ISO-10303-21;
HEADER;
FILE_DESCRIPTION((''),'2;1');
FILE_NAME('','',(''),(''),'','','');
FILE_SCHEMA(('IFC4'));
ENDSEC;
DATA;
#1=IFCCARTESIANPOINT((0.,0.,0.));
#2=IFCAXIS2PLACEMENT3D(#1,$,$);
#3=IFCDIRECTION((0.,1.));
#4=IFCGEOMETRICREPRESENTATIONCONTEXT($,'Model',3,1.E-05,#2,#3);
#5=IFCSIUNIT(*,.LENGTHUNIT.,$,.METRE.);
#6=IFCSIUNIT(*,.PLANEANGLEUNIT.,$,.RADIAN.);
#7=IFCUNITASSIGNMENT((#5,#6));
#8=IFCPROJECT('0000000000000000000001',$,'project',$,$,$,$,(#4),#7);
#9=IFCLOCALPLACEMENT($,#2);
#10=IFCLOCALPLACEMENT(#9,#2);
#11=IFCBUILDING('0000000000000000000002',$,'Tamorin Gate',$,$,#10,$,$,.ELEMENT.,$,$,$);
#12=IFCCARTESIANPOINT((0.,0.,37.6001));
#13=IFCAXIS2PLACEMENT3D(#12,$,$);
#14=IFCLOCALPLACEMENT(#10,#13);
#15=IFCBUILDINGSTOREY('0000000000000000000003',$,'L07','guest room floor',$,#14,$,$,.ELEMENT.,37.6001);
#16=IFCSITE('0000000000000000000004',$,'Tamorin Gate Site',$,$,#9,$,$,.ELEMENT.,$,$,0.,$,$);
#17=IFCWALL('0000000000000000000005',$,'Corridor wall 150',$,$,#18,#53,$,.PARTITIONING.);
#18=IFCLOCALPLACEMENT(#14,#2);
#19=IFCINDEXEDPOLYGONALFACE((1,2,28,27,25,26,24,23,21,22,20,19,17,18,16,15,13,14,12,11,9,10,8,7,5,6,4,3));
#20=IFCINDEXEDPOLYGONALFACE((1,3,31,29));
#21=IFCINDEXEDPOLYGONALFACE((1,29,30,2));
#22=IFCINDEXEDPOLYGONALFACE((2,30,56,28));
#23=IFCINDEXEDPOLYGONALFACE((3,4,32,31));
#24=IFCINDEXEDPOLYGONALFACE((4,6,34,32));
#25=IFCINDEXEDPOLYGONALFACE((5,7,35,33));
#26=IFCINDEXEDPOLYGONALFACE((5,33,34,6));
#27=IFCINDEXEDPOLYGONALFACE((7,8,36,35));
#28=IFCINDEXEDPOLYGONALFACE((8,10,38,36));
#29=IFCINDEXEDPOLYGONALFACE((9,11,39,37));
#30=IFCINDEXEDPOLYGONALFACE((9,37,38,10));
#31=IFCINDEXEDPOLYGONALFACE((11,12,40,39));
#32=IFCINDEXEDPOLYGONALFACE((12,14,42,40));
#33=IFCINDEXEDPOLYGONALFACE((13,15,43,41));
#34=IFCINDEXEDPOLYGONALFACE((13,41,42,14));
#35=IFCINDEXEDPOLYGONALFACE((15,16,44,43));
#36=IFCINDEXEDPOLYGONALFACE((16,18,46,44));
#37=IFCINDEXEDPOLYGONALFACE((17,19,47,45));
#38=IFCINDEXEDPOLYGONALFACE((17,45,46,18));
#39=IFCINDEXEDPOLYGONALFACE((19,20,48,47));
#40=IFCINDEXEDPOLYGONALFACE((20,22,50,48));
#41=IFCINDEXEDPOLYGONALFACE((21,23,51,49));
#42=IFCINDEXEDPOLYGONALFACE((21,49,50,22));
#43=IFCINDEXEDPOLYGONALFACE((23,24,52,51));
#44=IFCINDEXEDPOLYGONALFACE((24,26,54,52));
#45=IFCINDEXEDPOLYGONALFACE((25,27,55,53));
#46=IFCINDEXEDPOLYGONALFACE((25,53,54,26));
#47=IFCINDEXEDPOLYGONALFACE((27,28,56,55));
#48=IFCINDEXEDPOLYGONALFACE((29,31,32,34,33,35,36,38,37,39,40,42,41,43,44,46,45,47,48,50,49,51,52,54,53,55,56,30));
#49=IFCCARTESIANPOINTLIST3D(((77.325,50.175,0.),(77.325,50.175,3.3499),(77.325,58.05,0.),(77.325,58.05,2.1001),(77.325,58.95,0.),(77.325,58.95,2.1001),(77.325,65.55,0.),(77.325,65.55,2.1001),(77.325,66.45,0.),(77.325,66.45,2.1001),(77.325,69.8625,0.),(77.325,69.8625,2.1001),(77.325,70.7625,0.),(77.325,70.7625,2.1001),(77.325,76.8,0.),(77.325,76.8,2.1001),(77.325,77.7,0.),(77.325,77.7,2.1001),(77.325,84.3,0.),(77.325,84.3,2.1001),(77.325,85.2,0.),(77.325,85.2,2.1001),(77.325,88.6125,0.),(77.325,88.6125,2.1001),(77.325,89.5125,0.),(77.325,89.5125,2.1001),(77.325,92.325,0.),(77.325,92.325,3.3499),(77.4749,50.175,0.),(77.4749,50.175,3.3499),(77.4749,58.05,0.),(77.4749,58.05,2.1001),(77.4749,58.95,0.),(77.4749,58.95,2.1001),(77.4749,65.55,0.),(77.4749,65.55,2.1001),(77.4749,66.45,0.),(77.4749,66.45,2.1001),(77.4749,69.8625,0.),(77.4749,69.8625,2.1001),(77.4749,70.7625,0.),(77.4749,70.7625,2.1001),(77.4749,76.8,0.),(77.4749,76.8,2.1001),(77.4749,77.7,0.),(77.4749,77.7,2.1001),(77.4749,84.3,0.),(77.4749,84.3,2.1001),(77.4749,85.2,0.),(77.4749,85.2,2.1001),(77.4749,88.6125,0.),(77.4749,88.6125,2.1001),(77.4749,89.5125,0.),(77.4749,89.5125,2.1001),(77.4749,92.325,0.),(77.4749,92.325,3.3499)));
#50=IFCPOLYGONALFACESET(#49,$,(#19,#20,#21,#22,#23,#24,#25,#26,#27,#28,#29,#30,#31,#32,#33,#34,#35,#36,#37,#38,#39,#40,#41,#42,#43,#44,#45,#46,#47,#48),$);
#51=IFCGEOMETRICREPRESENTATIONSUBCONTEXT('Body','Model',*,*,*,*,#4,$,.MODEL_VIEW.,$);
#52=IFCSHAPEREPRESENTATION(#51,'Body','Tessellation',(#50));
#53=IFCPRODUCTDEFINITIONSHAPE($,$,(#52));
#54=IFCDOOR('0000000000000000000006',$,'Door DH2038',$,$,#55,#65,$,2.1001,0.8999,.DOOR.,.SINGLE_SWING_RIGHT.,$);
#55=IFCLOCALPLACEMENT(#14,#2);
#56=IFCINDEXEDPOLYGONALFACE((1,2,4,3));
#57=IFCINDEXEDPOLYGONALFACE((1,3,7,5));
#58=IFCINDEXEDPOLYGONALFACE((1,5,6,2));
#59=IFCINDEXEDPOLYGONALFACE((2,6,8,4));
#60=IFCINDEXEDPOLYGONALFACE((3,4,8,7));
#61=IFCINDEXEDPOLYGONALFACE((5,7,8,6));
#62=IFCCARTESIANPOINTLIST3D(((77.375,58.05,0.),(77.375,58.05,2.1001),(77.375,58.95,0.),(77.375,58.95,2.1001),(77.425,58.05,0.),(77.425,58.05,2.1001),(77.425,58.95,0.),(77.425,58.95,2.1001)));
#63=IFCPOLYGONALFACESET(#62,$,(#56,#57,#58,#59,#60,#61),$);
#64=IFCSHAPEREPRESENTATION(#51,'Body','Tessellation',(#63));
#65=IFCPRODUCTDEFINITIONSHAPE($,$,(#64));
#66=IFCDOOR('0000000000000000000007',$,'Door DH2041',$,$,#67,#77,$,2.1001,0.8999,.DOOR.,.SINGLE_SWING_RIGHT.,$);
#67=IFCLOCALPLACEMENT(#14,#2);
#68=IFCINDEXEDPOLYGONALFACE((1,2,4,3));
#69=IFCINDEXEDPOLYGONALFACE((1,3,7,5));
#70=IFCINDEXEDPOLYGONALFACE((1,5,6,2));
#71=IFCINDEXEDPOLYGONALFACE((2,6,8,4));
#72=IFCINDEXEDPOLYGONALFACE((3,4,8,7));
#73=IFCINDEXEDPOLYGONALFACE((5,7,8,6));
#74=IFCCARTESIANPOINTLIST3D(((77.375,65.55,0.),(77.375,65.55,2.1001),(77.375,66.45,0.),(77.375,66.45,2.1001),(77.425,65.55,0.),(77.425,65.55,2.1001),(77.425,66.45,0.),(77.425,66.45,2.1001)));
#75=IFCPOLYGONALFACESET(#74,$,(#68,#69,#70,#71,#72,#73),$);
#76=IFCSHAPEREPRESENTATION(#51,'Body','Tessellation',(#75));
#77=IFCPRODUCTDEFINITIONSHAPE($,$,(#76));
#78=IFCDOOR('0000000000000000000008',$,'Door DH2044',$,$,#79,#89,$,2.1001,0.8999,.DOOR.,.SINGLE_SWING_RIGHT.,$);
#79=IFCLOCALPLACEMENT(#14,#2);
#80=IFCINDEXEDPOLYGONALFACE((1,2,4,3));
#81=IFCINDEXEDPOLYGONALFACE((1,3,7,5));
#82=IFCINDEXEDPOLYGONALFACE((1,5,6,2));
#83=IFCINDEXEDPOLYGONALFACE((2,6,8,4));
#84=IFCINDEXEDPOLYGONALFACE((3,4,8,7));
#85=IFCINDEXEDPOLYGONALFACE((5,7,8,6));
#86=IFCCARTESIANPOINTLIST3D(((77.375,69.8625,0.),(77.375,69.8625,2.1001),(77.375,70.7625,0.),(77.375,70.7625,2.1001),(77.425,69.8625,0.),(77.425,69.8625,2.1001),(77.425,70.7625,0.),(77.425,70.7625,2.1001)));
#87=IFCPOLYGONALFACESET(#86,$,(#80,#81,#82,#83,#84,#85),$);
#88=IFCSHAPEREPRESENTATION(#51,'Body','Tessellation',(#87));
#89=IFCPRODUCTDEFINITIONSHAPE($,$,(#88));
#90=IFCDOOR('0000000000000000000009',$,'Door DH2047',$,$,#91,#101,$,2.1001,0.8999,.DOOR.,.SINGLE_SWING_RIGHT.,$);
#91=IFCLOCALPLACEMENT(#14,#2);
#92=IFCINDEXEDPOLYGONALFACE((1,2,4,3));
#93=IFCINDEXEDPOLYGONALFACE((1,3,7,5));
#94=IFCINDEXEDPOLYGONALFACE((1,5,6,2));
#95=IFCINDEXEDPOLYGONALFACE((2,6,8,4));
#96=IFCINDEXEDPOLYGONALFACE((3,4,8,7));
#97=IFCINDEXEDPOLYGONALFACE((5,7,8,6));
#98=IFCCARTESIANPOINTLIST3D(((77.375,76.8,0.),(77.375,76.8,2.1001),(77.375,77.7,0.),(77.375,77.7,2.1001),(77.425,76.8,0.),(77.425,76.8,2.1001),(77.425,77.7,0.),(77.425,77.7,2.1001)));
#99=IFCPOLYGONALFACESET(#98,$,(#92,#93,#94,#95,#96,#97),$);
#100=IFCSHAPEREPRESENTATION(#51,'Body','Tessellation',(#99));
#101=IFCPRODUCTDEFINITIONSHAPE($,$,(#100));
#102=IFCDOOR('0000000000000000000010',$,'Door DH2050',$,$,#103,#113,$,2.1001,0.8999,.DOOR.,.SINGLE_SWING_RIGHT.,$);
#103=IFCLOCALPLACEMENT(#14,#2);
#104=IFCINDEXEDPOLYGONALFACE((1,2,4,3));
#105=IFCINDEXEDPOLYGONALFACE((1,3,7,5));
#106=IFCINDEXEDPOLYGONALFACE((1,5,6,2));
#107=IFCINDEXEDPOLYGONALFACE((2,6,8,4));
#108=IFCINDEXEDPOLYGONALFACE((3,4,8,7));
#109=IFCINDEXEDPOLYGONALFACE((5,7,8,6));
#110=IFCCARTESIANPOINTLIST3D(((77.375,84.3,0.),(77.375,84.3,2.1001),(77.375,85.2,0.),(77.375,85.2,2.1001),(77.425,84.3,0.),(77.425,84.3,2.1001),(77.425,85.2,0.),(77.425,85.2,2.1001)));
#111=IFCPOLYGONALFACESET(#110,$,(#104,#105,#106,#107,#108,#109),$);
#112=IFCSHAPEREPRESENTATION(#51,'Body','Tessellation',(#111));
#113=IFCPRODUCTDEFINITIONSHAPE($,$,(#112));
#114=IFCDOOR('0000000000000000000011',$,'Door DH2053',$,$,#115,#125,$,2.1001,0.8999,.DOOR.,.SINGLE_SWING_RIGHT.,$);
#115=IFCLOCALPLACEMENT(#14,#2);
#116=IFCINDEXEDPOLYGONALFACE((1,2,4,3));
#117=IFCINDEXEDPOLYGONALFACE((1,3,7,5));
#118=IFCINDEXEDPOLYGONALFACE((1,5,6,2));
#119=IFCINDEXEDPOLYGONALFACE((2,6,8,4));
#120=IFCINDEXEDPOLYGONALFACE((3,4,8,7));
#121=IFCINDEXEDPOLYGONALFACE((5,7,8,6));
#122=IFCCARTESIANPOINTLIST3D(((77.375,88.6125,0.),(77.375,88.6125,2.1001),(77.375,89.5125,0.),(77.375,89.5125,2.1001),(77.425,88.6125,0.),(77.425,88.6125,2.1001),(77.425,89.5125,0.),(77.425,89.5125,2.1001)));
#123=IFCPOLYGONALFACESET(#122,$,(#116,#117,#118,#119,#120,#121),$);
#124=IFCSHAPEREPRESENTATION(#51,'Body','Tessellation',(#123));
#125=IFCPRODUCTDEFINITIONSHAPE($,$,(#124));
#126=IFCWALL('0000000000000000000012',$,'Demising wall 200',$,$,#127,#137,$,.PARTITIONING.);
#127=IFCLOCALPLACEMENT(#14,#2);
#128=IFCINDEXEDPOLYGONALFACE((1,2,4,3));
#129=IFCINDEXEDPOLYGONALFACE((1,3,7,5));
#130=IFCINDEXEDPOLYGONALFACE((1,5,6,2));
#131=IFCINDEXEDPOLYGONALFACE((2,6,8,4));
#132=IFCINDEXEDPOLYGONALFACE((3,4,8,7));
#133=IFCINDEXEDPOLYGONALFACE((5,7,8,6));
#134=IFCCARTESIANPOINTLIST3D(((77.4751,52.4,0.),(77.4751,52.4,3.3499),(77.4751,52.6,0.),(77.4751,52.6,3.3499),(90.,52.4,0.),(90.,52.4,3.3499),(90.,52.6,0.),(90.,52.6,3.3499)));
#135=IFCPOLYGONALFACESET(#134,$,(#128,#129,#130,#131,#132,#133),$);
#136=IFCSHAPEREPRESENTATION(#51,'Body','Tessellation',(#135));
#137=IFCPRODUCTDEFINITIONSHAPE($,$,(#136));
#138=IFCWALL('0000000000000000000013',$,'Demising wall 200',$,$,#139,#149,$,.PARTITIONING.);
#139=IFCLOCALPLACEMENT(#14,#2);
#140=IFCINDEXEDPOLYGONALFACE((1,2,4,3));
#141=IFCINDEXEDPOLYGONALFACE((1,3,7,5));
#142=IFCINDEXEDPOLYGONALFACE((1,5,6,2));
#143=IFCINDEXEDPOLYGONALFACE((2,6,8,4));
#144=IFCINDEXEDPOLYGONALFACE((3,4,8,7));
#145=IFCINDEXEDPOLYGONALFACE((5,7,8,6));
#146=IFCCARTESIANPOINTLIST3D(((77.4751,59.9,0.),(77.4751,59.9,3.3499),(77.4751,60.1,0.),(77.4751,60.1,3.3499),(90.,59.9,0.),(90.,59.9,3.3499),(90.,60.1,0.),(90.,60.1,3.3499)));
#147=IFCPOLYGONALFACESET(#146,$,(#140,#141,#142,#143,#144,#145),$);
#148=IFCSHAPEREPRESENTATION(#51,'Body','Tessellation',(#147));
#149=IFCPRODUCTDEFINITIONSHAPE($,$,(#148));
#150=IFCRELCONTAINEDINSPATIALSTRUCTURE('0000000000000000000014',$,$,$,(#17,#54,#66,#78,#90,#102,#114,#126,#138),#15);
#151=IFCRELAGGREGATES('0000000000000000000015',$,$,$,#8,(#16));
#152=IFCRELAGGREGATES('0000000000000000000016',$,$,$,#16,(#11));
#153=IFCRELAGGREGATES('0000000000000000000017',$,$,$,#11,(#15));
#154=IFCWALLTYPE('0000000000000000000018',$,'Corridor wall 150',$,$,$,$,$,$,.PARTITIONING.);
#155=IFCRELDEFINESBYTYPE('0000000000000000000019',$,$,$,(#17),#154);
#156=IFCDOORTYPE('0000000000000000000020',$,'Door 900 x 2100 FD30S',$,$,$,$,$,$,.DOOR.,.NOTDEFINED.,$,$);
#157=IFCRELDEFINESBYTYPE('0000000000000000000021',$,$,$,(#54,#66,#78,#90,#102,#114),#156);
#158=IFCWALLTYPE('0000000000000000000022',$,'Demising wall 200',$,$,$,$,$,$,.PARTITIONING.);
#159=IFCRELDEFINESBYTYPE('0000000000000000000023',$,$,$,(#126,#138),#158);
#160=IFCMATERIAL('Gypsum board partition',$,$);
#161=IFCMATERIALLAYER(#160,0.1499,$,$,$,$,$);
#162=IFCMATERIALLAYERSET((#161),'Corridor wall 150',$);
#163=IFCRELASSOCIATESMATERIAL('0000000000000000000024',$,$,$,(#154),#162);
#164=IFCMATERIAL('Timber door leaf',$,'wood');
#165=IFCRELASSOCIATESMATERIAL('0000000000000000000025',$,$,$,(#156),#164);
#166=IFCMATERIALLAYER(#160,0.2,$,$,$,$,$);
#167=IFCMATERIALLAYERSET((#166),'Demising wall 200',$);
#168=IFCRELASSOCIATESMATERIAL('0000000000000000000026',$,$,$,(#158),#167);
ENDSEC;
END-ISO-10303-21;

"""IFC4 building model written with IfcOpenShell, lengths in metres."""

from ifc_helpers import new_model, si_unit, direction, frame, frame_2d, origin, place, context, subcontext, project, spatial, rectangle, extrude, material, layer, layer_set, type_object, element, fill, save


model = new_model("IFC4")

# Units and contexts
model_context = context("Model", 3, precision=1e-05, world=origin(), true_north=direction((0.0, 1.0)))
body_context = subcontext(model_context, "Body", "Model", "MODEL_VIEW")
ifc_project = project(units=[si_unit("LENGTHUNIT", "METRE"), si_unit("PLANEANGLEUNIT", "RADIAN")], contexts=[model_context])

# Site, building, storey
site_placement = place(None, origin())
site = spatial("IfcSite", under=ifc_project, at=site_placement, Name="Tamorin Gate Site", CompositionType="ELEMENT", RefElevation=0.0)
building_placement = place(site_placement, origin())
building = spatial("IfcBuilding", under=site, at=building_placement, Name="Tamorin Gate", CompositionType="ELEMENT")
storey_placement = place(building_placement, frame((0.0, 0.0, 37.6001)))
storey = spatial("IfcBuildingStorey", under=building, at=storey_placement, Name="L07", Description="guest room floor", CompositionType="ELEMENT", Elevation=37.6001)

# Shared definitions
ifc_material_1 = material(Name="Gypsum board partition")
ifc_layer_1 = layer(ifc_material_1, 0.1499)
ifc_layer_set_1 = layer_set([ifc_layer_1], Name="Corridor wall 150")
wall_type_1 = type_object("IfcWallType", Name="Corridor wall 150", PredefinedType="PARTITIONING", material=ifc_layer_set_1)
ifc_material_2 = material(Name="Timber door leaf", Category="wood")
door_type_1 = type_object("IfcDoorType", Name="Door 900 x 2100 FD30S", OperationType="NOTDEFINED", PredefinedType="DOOR", material=ifc_material_2)

# Wall, openings, doors
wall_1_placement = place(storey_placement, frame((77.3999, 50.175, 0.0), z_axis=(0.0, 0.0, 1.0), x_axis=(0.0, 1.0, 0.0)))
wall_1 = element("IfcWall", 1, at=wall_1_placement, inside=storey, type_object=wall_type_1, Name="Corridor wall 150", PredefinedType="PARTITIONING", context=body_context, shape_type="SweptSolid", body=[
    extrude(rectangle(XDim=42.1499, YDim=0.1499, at=frame_2d((21.075, 0.0))), origin(), (0.0, 0.0, 1.0), 3.3499),
])
opening_1_placement = place(wall_1_placement, frame((7.875, 0.0, 0.0)))
opening_1 = element("IfcOpeningElement", 2, at=opening_1_placement, cuts=wall_1, PredefinedType="OPENING", context=body_context, shape_type="SweptSolid", body=[
    extrude(rectangle(XDim=0.8999, YDim=2.1001, at=frame_2d((0.45, 1.05))), frame((0.0, 0.085, 0.0), z_axis=(0.0, -1.0, 0.0), x_axis=(1.0, 0.0, 0.0)), (0.0, 0.0, 1.0), 0.1699),
])
opening_2_placement = place(wall_1_placement, frame((15.375, 0.0, 0.0)))
opening_2 = element("IfcOpeningElement", 3, at=opening_2_placement, cuts=wall_1, PredefinedType="OPENING", context=body_context, shape_type="SweptSolid", body=[
    extrude(rectangle(XDim=0.8999, YDim=2.1001, at=frame_2d((0.45, 1.05))), frame((0.0, 0.085, 0.0), z_axis=(0.0, -1.0, 0.0), x_axis=(1.0, 0.0, 0.0)), (0.0, 0.0, 1.0), 0.1699),
])
opening_3_placement = place(wall_1_placement, frame((19.6875, 0.0, 0.0)))
opening_3 = element("IfcOpeningElement", 4, at=opening_3_placement, cuts=wall_1, PredefinedType="OPENING", context=body_context, shape_type="SweptSolid", body=[
    extrude(rectangle(XDim=0.8999, YDim=2.1001, at=frame_2d((0.45, 1.05))), frame((0.0, 0.085, 0.0), z_axis=(0.0, -1.0, 0.0), x_axis=(1.0, 0.0, 0.0)), (0.0, 0.0, 1.0), 0.1699),
])
opening_4_placement = place(wall_1_placement, frame((26.625, 0.0, 0.0)))
opening_4 = element("IfcOpeningElement", 5, at=opening_4_placement, cuts=wall_1, PredefinedType="OPENING", context=body_context, shape_type="SweptSolid", body=[
    extrude(rectangle(XDim=0.8999, YDim=2.1001, at=frame_2d((0.45, 1.05))), frame((0.0, 0.085, 0.0), z_axis=(0.0, -1.0, 0.0), x_axis=(1.0, 0.0, 0.0)), (0.0, 0.0, 1.0), 0.1699),
])
opening_5_placement = place(wall_1_placement, frame((34.125, 0.0, 0.0)))
opening_5 = element("IfcOpeningElement", 6, at=opening_5_placement, cuts=wall_1, PredefinedType="OPENING", context=body_context, shape_type="SweptSolid", body=[
    extrude(rectangle(XDim=0.8999, YDim=2.1001, at=frame_2d((0.45, 1.05))), frame((0.0, 0.085, 0.0), z_axis=(0.0, -1.0, 0.0), x_axis=(1.0, 0.0, 0.0)), (0.0, 0.0, 1.0), 0.1699),
])
opening_6_placement = place(wall_1_placement, frame((38.4375, 0.0, 0.0)))
opening_6 = element("IfcOpeningElement", 7, at=opening_6_placement, cuts=wall_1, PredefinedType="OPENING", context=body_context, shape_type="SweptSolid", body=[
    extrude(rectangle(XDim=0.8999, YDim=2.1001, at=frame_2d((0.45, 1.05))), frame((0.0, 0.085, 0.0), z_axis=(0.0, -1.0, 0.0), x_axis=(1.0, 0.0, 0.0)), (0.0, 0.0, 1.0), 0.1699),
])
door_1_placement = place(opening_1_placement, origin())
door_1 = element("IfcDoor", 8, at=door_1_placement, inside=storey, type_object=door_type_1, Name="Door DH2038", OperationType="SINGLE_SWING_RIGHT", OverallHeight=2.1001, OverallWidth=0.8999, PredefinedType="DOOR", context=body_context, shape_type="SweptSolid", body=[
    extrude(rectangle(XDim=0.8999, YDim=2.1001, at=frame_2d((0.45, 1.05))), frame((0.0, 0.0249, 0.0), z_axis=(0.0, -1.0, 0.0), x_axis=(1.0, 0.0, 0.0)), (0.0, 0.0, 1.0), 0.05),
])
fill(opening_1, door_1)
door_2_placement = place(opening_2_placement, origin())
door_2 = element("IfcDoor", 9, at=door_2_placement, inside=storey, type_object=door_type_1, Name="Door DH2041", OperationType="SINGLE_SWING_RIGHT", OverallHeight=2.1001, OverallWidth=0.8999, PredefinedType="DOOR", context=body_context, shape_type="SweptSolid", body=[
    extrude(rectangle(XDim=0.8999, YDim=2.1001, at=frame_2d((0.45, 1.05))), frame((0.0, 0.0249, 0.0), z_axis=(0.0, -1.0, 0.0), x_axis=(1.0, 0.0, 0.0)), (0.0, 0.0, 1.0), 0.05),
])
fill(opening_2, door_2)
door_3_placement = place(opening_3_placement, origin())
door_3 = element("IfcDoor", 10, at=door_3_placement, inside=storey, type_object=door_type_1, Name="Door DH2044", OperationType="SINGLE_SWING_RIGHT", OverallHeight=2.1001, OverallWidth=0.8999, PredefinedType="DOOR", context=body_context, shape_type="SweptSolid", body=[
    extrude(rectangle(XDim=0.8999, YDim=2.1001, at=frame_2d((0.45, 1.05))), frame((0.0, 0.0249, 0.0), z_axis=(0.0, -1.0, 0.0), x_axis=(1.0, 0.0, 0.0)), (0.0, 0.0, 1.0), 0.05),
])
fill(opening_3, door_3)
door_4_placement = place(opening_4_placement, origin())
door_4 = element("IfcDoor", 11, at=door_4_placement, inside=storey, type_object=door_type_1, Name="Door DH2047", OperationType="SINGLE_SWING_RIGHT", OverallHeight=2.1001, OverallWidth=0.8999, PredefinedType="DOOR", context=body_context, shape_type="SweptSolid", body=[
    extrude(rectangle(XDim=0.8999, YDim=2.1001, at=frame_2d((0.45, 1.05))), frame((0.0, 0.0249, 0.0), z_axis=(0.0, -1.0, 0.0), x_axis=(1.0, 0.0, 0.0)), (0.0, 0.0, 1.0), 0.05),
])
fill(opening_4, door_4)
door_5_placement = place(opening_5_placement, origin())
door_5 = element("IfcDoor", 12, at=door_5_placement, inside=storey, type_object=door_type_1, Name="Door DH2050", OperationType="SINGLE_SWING_RIGHT", OverallHeight=2.1001, OverallWidth=0.8999, PredefinedType="DOOR", context=body_context, shape_type="SweptSolid", body=[
    extrude(rectangle(XDim=0.8999, YDim=2.1001, at=frame_2d((0.45, 1.05))), frame((0.0, 0.0249, 0.0), z_axis=(0.0, -1.0, 0.0), x_axis=(1.0, 0.0, 0.0)), (0.0, 0.0, 1.0), 0.05),
])
fill(opening_5, door_5)
door_6_placement = place(opening_6_placement, origin())
door_6 = element("IfcDoor", 13, at=door_6_placement, inside=storey, type_object=door_type_1, Name="Door DH2053", OperationType="SINGLE_SWING_RIGHT", OverallHeight=2.1001, OverallWidth=0.8999, PredefinedType="DOOR", context=body_context, shape_type="SweptSolid", body=[
    extrude(rectangle(XDim=0.8999, YDim=2.1001, at=frame_2d((0.45, 1.05))), frame((0.0, 0.0249, 0.0), z_axis=(0.0, -1.0, 0.0), x_axis=(1.0, 0.0, 0.0)), (0.0, 0.0, 1.0), 0.05),
])
fill(opening_6, door_6)

# Walls
ifc_layer_2 = layer(ifc_material_1, 0.2)
ifc_layer_set_2 = layer_set([ifc_layer_2], Name="Demising wall 200")
wall_type_2 = type_object("IfcWallType", Name="Demising wall 200", PredefinedType="PARTITIONING", material=ifc_layer_set_2)
for number, where, z_axis, x_axis, name in (
    (14, (77.4751, 52.5, 0.0), (0.0, 0.0, 1.0), (1.0, 0.0, 0.0), "Demising wall 200"),
    (15, (77.4751, 60.0, 0.0), (0.0, 0.0, 1.0), (1.0, 0.0, 0.0), "Demising wall 200"),
):
    element("IfcWall", number, at=place(storey_placement, frame(where, z_axis=z_axis, x_axis=x_axis)), inside=storey, type_object=wall_type_2, Name=name, PredefinedType="PARTITIONING", context=body_context, shape_type="SweptSolid", body=[
        extrude(rectangle(XDim=12.5249, YDim=0.2, at=frame_2d((6.2625, 0.0))), origin(), (0.0, 0.0, 1.0), 3.3499),
    ])

save(model, "model.ifc")
